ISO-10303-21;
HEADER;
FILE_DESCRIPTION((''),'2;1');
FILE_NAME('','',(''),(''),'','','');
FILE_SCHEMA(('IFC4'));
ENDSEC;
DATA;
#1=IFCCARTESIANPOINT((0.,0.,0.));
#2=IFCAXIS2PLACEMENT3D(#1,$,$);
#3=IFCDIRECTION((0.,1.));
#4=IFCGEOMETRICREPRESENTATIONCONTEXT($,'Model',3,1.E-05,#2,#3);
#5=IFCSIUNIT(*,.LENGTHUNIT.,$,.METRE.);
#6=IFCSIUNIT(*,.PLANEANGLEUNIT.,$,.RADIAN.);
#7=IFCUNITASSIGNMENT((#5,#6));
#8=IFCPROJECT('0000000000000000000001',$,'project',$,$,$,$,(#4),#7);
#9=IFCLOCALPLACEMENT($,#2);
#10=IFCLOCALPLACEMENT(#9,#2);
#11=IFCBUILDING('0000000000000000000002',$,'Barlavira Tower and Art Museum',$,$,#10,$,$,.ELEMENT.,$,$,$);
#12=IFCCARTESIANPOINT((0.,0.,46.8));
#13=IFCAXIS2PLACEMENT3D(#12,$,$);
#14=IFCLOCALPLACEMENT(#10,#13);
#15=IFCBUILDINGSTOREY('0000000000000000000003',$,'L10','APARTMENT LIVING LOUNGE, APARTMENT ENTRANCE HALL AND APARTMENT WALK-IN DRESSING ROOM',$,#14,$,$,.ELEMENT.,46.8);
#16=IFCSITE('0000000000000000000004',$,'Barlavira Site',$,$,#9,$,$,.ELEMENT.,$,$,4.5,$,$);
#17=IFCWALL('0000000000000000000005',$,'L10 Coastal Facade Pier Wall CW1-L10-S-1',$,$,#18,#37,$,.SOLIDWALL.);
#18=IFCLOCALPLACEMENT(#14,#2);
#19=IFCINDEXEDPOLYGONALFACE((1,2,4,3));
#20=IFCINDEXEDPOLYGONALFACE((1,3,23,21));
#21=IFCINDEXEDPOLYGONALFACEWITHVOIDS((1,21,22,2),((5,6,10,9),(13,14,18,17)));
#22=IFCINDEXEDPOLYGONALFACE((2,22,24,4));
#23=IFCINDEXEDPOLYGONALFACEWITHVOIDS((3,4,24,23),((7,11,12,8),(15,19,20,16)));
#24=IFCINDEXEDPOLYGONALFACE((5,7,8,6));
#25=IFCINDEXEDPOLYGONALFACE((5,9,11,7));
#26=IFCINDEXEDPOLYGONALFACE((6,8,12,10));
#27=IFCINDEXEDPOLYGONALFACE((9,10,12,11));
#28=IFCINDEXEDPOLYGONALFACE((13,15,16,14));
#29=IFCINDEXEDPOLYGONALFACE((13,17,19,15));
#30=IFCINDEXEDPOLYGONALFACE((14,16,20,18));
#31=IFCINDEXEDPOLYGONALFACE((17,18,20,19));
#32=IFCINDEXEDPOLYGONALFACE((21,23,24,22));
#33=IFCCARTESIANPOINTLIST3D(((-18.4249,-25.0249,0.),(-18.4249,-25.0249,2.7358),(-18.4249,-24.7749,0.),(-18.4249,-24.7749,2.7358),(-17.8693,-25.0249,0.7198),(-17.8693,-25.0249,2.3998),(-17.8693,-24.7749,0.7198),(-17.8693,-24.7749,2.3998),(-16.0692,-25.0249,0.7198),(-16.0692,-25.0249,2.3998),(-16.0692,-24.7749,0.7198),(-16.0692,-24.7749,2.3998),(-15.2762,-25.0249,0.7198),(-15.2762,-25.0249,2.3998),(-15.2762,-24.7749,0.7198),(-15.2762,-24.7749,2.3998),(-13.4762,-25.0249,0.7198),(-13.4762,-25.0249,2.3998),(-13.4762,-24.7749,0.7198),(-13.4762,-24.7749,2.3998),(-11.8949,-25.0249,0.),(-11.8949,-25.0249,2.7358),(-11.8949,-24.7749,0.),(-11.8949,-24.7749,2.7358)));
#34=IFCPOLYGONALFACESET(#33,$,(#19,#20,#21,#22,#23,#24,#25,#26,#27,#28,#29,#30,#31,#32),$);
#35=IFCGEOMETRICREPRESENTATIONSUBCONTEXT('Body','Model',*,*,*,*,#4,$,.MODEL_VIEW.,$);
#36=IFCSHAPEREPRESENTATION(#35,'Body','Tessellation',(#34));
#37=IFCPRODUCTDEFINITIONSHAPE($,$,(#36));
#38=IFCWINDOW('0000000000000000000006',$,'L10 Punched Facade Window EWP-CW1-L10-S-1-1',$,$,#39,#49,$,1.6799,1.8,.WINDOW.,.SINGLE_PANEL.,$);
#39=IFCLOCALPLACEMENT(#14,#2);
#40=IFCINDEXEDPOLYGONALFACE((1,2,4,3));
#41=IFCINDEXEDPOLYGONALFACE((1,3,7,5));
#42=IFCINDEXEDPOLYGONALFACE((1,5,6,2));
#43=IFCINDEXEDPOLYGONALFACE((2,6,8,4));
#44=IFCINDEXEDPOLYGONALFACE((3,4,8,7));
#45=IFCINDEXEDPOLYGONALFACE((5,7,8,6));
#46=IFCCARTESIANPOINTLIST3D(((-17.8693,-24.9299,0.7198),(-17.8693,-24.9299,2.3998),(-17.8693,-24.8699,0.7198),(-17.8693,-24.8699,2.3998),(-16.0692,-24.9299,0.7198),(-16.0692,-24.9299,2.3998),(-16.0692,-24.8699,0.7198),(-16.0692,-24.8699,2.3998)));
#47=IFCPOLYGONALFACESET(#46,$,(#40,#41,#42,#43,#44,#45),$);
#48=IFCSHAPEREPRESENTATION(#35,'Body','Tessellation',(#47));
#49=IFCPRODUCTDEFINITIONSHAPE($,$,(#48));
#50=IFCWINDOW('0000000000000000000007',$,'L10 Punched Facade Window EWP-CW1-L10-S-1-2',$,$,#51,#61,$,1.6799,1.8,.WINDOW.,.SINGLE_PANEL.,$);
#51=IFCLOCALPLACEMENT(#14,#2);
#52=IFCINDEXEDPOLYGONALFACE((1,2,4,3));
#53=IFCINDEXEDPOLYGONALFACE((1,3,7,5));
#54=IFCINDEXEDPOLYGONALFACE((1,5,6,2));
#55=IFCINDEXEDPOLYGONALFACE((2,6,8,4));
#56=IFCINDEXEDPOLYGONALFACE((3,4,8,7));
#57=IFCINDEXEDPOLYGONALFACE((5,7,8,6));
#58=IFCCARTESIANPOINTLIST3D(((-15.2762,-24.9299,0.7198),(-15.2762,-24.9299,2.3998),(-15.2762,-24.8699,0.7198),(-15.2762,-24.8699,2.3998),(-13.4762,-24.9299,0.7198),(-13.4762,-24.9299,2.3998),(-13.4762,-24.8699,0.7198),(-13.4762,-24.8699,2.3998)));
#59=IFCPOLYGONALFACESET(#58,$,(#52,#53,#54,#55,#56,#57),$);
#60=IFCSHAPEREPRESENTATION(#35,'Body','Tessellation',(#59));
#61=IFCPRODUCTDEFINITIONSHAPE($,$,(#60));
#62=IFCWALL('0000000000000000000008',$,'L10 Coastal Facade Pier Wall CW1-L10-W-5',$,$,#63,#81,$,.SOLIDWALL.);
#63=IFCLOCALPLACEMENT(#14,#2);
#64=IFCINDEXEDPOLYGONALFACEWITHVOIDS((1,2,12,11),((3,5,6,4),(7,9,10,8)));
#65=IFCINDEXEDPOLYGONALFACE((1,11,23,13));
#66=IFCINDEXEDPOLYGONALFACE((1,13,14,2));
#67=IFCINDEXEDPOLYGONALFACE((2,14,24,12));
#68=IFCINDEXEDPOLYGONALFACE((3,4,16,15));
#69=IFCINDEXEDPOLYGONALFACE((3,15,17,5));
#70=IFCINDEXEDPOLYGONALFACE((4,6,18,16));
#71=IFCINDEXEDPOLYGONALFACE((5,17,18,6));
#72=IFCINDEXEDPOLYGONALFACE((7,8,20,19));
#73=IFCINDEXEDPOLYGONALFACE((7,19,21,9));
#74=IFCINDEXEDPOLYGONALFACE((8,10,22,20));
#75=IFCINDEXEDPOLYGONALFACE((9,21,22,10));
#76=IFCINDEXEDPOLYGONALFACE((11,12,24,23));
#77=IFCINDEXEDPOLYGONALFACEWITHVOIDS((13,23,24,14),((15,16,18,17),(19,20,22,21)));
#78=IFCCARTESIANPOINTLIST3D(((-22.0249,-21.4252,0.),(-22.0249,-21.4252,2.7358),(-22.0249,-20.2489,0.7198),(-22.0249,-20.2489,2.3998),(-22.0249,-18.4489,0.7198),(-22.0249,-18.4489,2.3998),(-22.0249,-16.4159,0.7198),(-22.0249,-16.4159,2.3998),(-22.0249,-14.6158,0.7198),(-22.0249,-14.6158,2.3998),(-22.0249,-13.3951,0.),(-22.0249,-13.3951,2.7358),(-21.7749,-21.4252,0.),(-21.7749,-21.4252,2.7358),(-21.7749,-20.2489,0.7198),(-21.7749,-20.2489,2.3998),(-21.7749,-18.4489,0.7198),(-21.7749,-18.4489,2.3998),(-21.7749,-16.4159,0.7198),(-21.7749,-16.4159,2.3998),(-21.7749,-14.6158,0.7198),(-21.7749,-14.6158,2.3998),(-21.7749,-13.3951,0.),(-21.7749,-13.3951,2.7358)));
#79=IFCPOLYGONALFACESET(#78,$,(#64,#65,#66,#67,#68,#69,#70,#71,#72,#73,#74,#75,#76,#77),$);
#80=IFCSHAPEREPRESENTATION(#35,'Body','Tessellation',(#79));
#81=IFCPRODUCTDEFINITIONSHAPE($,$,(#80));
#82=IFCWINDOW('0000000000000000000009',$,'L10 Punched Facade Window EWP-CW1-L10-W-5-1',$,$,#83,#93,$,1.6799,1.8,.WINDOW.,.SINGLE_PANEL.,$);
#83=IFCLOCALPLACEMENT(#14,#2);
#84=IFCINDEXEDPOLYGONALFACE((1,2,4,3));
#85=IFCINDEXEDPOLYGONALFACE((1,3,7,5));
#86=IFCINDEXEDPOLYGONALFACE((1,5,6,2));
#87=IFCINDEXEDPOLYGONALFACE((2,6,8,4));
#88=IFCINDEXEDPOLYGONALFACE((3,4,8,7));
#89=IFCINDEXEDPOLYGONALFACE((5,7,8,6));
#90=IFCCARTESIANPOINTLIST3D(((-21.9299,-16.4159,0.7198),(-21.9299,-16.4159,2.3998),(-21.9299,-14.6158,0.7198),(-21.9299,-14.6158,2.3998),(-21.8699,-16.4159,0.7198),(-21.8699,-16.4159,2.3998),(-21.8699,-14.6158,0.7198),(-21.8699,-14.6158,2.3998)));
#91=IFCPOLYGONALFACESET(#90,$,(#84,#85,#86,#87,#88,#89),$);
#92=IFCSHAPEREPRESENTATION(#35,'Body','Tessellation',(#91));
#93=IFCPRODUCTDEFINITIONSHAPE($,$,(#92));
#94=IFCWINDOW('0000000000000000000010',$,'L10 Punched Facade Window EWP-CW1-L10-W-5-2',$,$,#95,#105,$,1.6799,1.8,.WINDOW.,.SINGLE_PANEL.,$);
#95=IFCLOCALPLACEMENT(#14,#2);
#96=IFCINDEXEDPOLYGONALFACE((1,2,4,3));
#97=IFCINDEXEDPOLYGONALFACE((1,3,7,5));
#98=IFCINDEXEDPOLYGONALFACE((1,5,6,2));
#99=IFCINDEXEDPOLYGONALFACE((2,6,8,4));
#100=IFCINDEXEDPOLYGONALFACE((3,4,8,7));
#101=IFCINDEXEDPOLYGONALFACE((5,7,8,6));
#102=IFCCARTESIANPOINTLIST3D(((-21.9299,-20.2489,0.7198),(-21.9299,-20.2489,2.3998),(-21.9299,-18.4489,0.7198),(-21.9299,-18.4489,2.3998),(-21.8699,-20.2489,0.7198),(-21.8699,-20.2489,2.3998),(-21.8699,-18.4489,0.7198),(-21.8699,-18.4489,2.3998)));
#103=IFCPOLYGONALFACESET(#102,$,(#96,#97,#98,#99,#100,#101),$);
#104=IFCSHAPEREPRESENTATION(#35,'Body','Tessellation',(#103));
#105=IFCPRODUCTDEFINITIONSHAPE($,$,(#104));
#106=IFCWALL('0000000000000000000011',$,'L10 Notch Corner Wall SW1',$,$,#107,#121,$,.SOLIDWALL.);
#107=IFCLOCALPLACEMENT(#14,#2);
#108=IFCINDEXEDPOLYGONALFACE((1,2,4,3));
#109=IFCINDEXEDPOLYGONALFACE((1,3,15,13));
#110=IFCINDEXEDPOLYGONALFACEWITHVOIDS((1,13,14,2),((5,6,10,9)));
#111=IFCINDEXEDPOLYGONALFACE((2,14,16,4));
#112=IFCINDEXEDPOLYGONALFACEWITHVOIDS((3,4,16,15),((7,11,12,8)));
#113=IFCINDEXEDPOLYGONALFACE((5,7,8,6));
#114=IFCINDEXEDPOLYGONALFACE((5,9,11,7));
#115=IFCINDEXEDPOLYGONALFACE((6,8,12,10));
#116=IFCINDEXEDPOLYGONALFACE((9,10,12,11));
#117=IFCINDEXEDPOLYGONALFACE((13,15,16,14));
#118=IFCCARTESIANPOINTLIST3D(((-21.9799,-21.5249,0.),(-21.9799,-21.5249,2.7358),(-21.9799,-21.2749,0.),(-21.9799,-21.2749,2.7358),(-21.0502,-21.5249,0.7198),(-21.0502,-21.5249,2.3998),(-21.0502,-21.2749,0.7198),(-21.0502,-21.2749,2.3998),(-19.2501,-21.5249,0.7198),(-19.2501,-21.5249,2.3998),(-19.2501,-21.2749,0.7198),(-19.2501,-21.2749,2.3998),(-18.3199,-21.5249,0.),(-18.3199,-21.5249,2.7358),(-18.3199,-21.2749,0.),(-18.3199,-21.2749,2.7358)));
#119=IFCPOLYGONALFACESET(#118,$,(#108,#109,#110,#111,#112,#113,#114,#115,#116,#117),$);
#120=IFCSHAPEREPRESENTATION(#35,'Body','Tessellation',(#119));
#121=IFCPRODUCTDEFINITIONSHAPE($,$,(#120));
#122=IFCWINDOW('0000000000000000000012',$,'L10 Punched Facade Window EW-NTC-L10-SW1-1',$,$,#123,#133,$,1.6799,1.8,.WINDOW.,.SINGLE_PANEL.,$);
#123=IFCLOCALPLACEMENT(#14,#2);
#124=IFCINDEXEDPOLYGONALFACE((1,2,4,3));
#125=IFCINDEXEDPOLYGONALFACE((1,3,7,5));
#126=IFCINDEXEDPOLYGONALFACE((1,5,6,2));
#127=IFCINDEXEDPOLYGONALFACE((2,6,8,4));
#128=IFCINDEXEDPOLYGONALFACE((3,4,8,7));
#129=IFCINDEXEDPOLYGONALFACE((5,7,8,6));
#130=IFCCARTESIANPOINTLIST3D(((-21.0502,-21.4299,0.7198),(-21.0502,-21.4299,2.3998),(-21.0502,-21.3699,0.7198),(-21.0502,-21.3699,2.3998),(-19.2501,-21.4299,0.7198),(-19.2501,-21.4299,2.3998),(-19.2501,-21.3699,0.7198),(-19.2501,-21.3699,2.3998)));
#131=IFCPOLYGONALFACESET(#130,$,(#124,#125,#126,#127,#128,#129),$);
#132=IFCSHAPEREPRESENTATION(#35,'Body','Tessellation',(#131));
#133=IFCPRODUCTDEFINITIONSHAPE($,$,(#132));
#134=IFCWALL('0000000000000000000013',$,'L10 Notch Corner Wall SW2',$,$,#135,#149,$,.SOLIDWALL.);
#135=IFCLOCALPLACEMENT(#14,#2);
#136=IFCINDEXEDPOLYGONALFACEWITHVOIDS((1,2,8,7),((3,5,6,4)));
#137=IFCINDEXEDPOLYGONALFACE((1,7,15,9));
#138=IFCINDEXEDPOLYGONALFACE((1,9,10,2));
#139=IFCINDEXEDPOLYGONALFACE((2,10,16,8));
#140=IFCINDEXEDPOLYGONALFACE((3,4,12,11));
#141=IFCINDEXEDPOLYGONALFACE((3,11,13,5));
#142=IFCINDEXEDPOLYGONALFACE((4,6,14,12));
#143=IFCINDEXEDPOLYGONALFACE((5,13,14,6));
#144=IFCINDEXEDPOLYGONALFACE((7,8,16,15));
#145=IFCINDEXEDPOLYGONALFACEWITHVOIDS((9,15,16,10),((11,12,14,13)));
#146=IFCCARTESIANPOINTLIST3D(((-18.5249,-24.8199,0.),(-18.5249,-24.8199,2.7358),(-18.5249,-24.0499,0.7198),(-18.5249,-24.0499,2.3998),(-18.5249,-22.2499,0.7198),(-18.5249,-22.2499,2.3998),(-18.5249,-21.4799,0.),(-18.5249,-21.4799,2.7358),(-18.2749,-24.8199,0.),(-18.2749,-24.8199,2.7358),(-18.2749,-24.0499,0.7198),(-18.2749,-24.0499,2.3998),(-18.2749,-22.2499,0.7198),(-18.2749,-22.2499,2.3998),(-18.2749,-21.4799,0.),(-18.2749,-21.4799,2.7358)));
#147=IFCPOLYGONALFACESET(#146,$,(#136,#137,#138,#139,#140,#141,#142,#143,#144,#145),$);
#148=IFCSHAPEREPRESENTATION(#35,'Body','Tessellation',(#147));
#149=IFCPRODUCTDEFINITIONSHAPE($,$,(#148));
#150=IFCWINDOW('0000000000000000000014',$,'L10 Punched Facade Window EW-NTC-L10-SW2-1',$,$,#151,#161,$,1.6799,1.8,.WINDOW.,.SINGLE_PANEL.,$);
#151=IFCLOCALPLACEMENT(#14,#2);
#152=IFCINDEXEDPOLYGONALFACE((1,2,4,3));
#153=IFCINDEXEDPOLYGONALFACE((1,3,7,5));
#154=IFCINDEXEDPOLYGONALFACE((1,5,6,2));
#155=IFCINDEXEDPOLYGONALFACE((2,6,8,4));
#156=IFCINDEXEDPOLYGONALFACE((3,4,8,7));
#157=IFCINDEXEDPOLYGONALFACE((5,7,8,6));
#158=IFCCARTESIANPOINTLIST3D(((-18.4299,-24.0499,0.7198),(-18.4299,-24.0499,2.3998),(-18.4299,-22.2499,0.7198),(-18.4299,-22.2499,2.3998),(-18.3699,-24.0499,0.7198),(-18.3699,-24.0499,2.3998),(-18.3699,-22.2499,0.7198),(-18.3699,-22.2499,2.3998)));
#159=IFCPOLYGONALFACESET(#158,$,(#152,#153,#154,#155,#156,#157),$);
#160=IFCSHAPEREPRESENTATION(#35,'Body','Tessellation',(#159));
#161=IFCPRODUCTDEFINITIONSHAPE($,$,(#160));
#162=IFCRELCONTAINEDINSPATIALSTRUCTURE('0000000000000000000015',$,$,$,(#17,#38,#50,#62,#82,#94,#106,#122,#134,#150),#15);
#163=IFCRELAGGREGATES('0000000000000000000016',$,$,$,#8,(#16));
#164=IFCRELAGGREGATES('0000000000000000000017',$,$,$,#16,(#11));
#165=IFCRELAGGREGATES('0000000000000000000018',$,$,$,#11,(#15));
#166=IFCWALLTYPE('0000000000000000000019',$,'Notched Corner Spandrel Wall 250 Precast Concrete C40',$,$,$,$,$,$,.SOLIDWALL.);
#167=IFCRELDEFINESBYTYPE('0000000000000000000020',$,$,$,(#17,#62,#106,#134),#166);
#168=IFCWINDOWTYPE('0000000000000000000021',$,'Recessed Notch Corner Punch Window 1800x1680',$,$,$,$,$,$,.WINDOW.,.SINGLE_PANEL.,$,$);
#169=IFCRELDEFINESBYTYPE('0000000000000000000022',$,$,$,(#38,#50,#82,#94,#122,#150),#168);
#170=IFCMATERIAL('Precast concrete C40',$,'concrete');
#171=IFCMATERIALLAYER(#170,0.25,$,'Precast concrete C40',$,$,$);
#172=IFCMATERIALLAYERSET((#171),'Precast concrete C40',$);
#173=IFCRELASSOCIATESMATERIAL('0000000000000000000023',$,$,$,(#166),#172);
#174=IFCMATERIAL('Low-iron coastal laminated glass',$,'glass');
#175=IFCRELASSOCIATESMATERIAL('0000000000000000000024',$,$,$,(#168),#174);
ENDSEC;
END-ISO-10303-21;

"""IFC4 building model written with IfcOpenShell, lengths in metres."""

from ifc_helpers import new_model, si_unit, direction, frame, frame_2d, origin, place, context, subcontext, project, spatial, rectangle, extrude, material, layer, layer_set, type_object, element, fill, save


model = new_model("IFC4")

# Units and contexts
model_context = context("Model", 3, precision=1e-05, world=origin(), true_north=direction((0.0, 1.0)))
body_context = subcontext(model_context, "Body", "Model", "MODEL_VIEW")
ifc_project = project(units=[si_unit("LENGTHUNIT", "METRE"), si_unit("PLANEANGLEUNIT", "RADIAN")], contexts=[model_context])

# Site, building, storey
site_placement = place(None, origin())
site = spatial("IfcSite", under=ifc_project, at=site_placement, Name="Barlavira Site", CompositionType="ELEMENT", RefElevation=4.5)
building_placement = place(site_placement, origin())
building = spatial("IfcBuilding", under=site, at=building_placement, Name="Barlavira Tower and Art Museum", CompositionType="ELEMENT")
storey_placement = place(building_placement, frame((0.0, 0.0, 46.8)))
storey = spatial("IfcBuildingStorey", under=building, at=storey_placement, Name="L10", Description="APARTMENT LIVING LOUNGE, APARTMENT ENTRANCE HALL AND APARTMENT WALK-IN DRESSING ROOM", CompositionType="ELEMENT", Elevation=46.8)

# Walls, openings, windows
ifc_material_1 = material(Name="Precast concrete C40", Category="concrete")
ifc_layer_1 = layer(ifc_material_1, 0.25, Name="Precast concrete C40")
ifc_layer_set_1 = layer_set([ifc_layer_1], Name="Precast concrete C40")
wall_type_1 = type_object("IfcWallType", Name="Notched Corner Spandrel Wall 250 Precast Concrete C40", PredefinedType="SOLIDWALL", material=ifc_layer_set_1)
wall_1_placement = place(storey_placement, frame((-18.425, -24.8999, 0.0), z_axis=(0.0, 0.0, 1.0), x_axis=(1.0, 0.0, 0.0)))
wall_1 = element("IfcWall", 1, at=wall_1_placement, inside=storey, type_object=wall_type_1, Name="L10 Coastal Facade Pier Wall CW1-L10-S-1", PredefinedType="SOLIDWALL", context=body_context, shape_type="SweptSolid", body=[
    extrude(rectangle(XDim=6.53, YDim=0.25, at=frame_2d((3.2651, 0.0))), origin(), (0.0, 0.0, 1.0), 2.7358),
])
opening_1_placement = place(wall_1_placement, frame((0.5559, 0.0, 0.72)))
opening_1 = element("IfcOpeningElement", 2, at=opening_1_placement, cuts=wall_1, PredefinedType="OPENING", context=body_context, shape_type="SweptSolid", body=[
    extrude(rectangle(XDim=1.8, YDim=1.6799, at=frame_2d((0.8999, 0.8398))), frame((0.0, 0.135, 0.0), z_axis=(0.0, -1.0, 0.0), x_axis=(1.0, 0.0, 0.0)), (0.0, 0.0, 1.0), 0.27),
])
opening_2_placement = place(wall_1_placement, frame((3.1489, 0.0, 0.72)))
opening_2 = element("IfcOpeningElement", 3, at=opening_2_placement, cuts=wall_1, PredefinedType="OPENING", context=body_context, shape_type="SweptSolid", body=[
    extrude(rectangle(XDim=1.8, YDim=1.6799, at=frame_2d((0.8999, 0.8398))), frame((0.0, 0.135, 0.0), z_axis=(0.0, -1.0, 0.0), x_axis=(1.0, 0.0, 0.0)), (0.0, 0.0, 1.0), 0.27),
])
ifc_material_2 = material(Name="Low-iron coastal laminated glass", Category="glass")
window_type = type_object("IfcWindowType", Name="Recessed Notch Corner Punch Window 1800x1680", PartitioningType="SINGLE_PANEL", PredefinedType="WINDOW", material=ifc_material_2)
window_1_placement = place(opening_1_placement, origin())
window_1 = element("IfcWindow", 4, at=window_1_placement, inside=storey, type_object=window_type, Name="L10 Punched Facade Window EWP-CW1-L10-S-1-1", OverallHeight=1.6799, OverallWidth=1.8, PartitioningType="SINGLE_PANEL", PredefinedType="WINDOW", context=body_context, shape_type="SweptSolid", body=[
    extrude(rectangle(XDim=1.8, YDim=1.6799, at=frame_2d((0.8999, 0.8398))), frame((0.0, 0.03, 0.0), z_axis=(0.0, -1.0, 0.0), x_axis=(1.0, 0.0, 0.0)), (0.0, 0.0, 1.0), 0.0601),
])
fill(opening_1, window_1)
window_2_placement = place(opening_2_placement, origin())
window_2 = element("IfcWindow", 5, at=window_2_placement, inside=storey, type_object=window_type, Name="L10 Punched Facade Window EWP-CW1-L10-S-1-2", OverallHeight=1.6799, OverallWidth=1.8, PartitioningType="SINGLE_PANEL", PredefinedType="WINDOW", context=body_context, shape_type="SweptSolid", body=[
    extrude(rectangle(XDim=1.8, YDim=1.6799, at=frame_2d((0.8999, 0.8398))), frame((0.0, 0.03, 0.0), z_axis=(0.0, -1.0, 0.0), x_axis=(1.0, 0.0, 0.0)), (0.0, 0.0, 1.0), 0.0601),
])
fill(opening_2, window_2)
wall_2_placement = place(storey_placement, frame((-21.8999, -13.395, 0.0), z_axis=(0.0, 0.0, 1.0), x_axis=(0.0, -1.0, 0.0)))
wall_2 = element("IfcWall", 6, at=wall_2_placement, inside=storey, type_object=wall_type_1, Name="L10 Coastal Facade Pier Wall CW1-L10-W-5", PredefinedType="SOLIDWALL", context=body_context, shape_type="SweptSolid", body=[
    extrude(rectangle(XDim=8.03, YDim=0.25, at=frame_2d((4.0151, 0.0))), origin(), (0.0, 0.0, 1.0), 2.7358),
])
opening_3_placement = place(wall_2_placement, frame((1.2209, 0.0, 0.72)))
opening_3 = element("IfcOpeningElement", 7, at=opening_3_placement, cuts=wall_2, PredefinedType="OPENING", context=body_context, shape_type="SweptSolid", body=[
    extrude(rectangle(XDim=1.8, YDim=1.6799, at=frame_2d((0.8999, 0.8398))), frame((0.0, 0.135, 0.0), z_axis=(0.0, -1.0, 0.0), x_axis=(1.0, 0.0, 0.0)), (0.0, 0.0, 1.0), 0.27),
])
opening_4_placement = place(wall_2_placement, frame((5.054, 0.0, 0.72)))
opening_4 = element("IfcOpeningElement", 8, at=opening_4_placement, cuts=wall_2, PredefinedType="OPENING", context=body_context, shape_type="SweptSolid", body=[
    extrude(rectangle(XDim=1.8, YDim=1.6799, at=frame_2d((0.8999, 0.8398))), frame((0.0, 0.135, 0.0), z_axis=(0.0, -1.0, 0.0), x_axis=(1.0, 0.0, 0.0)), (0.0, 0.0, 1.0), 0.27),
])
window_3_placement = place(opening_3_placement, origin())
window_3 = element("IfcWindow", 9, at=window_3_placement, inside=storey, type_object=window_type, Name="L10 Punched Facade Window EWP-CW1-L10-W-5-1", OverallHeight=1.6799, OverallWidth=1.8, PartitioningType="SINGLE_PANEL", PredefinedType="WINDOW", context=body_context, shape_type="SweptSolid", body=[
    extrude(rectangle(XDim=1.8, YDim=1.6799, at=frame_2d((0.8999, 0.8398))), frame((0.0, 0.03, 0.0), z_axis=(0.0, -1.0, 0.0), x_axis=(1.0, 0.0, 0.0)), (0.0, 0.0, 1.0), 0.0601),
])
fill(opening_3, window_3)
window_4_placement = place(opening_4_placement, origin())
window_4 = element("IfcWindow", 10, at=window_4_placement, inside=storey, type_object=window_type, Name="L10 Punched Facade Window EWP-CW1-L10-W-5-2", OverallHeight=1.6799, OverallWidth=1.8, PartitioningType="SINGLE_PANEL", PredefinedType="WINDOW", context=body_context, shape_type="SweptSolid", body=[
    extrude(rectangle(XDim=1.8, YDim=1.6799, at=frame_2d((0.8999, 0.8398))), frame((0.0, 0.03, 0.0), z_axis=(0.0, -1.0, 0.0), x_axis=(1.0, 0.0, 0.0)), (0.0, 0.0, 1.0), 0.0601),
])
fill(opening_4, window_4)

# Walls, openings, windows
wall_3_placement = place(storey_placement, frame((-21.98, -21.3999, 0.0), z_axis=(0.0, 0.0, 1.0), x_axis=(1.0, 0.0, 0.0)))
wall_3 = element("IfcWall", 11, at=wall_3_placement, inside=storey, type_object=wall_type_1, Name="L10 Notch Corner Wall SW1", PredefinedType="SOLIDWALL", context=body_context, shape_type="SweptSolid", body=[
    extrude(rectangle(XDim=3.6599, YDim=0.25, at=frame_2d((1.8301, 0.0))), origin(), (0.0, 0.0, 1.0), 2.7358),
])
opening_5_placement = place(wall_3_placement, frame((0.9299, 0.0, 0.72)))
opening_5 = element("IfcOpeningElement", 12, at=opening_5_placement, cuts=wall_3, PredefinedType="OPENING", context=body_context, shape_type="SweptSolid", body=[
    extrude(rectangle(XDim=1.8, YDim=1.6799, at=frame_2d((0.8999, 0.8398))), frame((0.0, 0.135, 0.0), z_axis=(0.0, -1.0, 0.0), x_axis=(1.0, 0.0, 0.0)), (0.0, 0.0, 1.0), 0.27),
])
window_5_placement = place(opening_5_placement, origin())
window_5 = element("IfcWindow", 13, at=window_5_placement, inside=storey, type_object=window_type, Name="L10 Punched Facade Window EW-NTC-L10-SW1-1", OverallHeight=1.6799, OverallWidth=1.8, PartitioningType="SINGLE_PANEL", PredefinedType="WINDOW", context=body_context, shape_type="SweptSolid", body=[
    extrude(rectangle(XDim=1.8, YDim=1.6799, at=frame_2d((0.8999, 0.8398))), frame((0.0, 0.03, 0.0), z_axis=(0.0, -1.0, 0.0), x_axis=(1.0, 0.0, 0.0)), (0.0, 0.0, 1.0), 0.0601),
])
fill(opening_5, window_5)
wall_4_placement = place(storey_placement, frame((-18.3999, -21.48, 0.0), z_axis=(0.0, 0.0, 1.0), x_axis=(0.0, -1.0, 0.0)))
wall_4 = element("IfcWall", 14, at=wall_4_placement, inside=storey, type_object=wall_type_1, Name="L10 Notch Corner Wall SW2", PredefinedType="SOLIDWALL", context=body_context, shape_type="SweptSolid", body=[
    extrude(rectangle(XDim=3.3401, YDim=0.25, at=frame_2d((1.6699, 0.0))), origin(), (0.0, 0.0, 1.0), 2.7358),
])
opening_6_placement = place(wall_4_placement, frame((0.77, 0.0, 0.72)))
opening_6 = element("IfcOpeningElement", 15, at=opening_6_placement, cuts=wall_4, PredefinedType="OPENING", context=body_context, shape_type="SweptSolid", body=[
    extrude(rectangle(XDim=1.8, YDim=1.6799, at=frame_2d((0.8999, 0.8398))), frame((0.0, 0.135, 0.0), z_axis=(0.0, -1.0, 0.0), x_axis=(1.0, 0.0, 0.0)), (0.0, 0.0, 1.0), 0.27),
])
window_6_placement = place(opening_6_placement, origin())
window_6 = element("IfcWindow", 16, at=window_6_placement, inside=storey, type_object=window_type, Name="L10 Punched Facade Window EW-NTC-L10-SW2-1", OverallHeight=1.6799, OverallWidth=1.8, PartitioningType="SINGLE_PANEL", PredefinedType="WINDOW", context=body_context, shape_type="SweptSolid", body=[
    extrude(rectangle(XDim=1.8, YDim=1.6799, at=frame_2d((0.8999, 0.8398))), frame((0.0, 0.03, 0.0), z_axis=(0.0, -1.0, 0.0), x_axis=(1.0, 0.0, 0.0)), (0.0, 0.0, 1.0), 0.0601),
])
fill(opening_6, window_6)

save(model, "model.ifc")
